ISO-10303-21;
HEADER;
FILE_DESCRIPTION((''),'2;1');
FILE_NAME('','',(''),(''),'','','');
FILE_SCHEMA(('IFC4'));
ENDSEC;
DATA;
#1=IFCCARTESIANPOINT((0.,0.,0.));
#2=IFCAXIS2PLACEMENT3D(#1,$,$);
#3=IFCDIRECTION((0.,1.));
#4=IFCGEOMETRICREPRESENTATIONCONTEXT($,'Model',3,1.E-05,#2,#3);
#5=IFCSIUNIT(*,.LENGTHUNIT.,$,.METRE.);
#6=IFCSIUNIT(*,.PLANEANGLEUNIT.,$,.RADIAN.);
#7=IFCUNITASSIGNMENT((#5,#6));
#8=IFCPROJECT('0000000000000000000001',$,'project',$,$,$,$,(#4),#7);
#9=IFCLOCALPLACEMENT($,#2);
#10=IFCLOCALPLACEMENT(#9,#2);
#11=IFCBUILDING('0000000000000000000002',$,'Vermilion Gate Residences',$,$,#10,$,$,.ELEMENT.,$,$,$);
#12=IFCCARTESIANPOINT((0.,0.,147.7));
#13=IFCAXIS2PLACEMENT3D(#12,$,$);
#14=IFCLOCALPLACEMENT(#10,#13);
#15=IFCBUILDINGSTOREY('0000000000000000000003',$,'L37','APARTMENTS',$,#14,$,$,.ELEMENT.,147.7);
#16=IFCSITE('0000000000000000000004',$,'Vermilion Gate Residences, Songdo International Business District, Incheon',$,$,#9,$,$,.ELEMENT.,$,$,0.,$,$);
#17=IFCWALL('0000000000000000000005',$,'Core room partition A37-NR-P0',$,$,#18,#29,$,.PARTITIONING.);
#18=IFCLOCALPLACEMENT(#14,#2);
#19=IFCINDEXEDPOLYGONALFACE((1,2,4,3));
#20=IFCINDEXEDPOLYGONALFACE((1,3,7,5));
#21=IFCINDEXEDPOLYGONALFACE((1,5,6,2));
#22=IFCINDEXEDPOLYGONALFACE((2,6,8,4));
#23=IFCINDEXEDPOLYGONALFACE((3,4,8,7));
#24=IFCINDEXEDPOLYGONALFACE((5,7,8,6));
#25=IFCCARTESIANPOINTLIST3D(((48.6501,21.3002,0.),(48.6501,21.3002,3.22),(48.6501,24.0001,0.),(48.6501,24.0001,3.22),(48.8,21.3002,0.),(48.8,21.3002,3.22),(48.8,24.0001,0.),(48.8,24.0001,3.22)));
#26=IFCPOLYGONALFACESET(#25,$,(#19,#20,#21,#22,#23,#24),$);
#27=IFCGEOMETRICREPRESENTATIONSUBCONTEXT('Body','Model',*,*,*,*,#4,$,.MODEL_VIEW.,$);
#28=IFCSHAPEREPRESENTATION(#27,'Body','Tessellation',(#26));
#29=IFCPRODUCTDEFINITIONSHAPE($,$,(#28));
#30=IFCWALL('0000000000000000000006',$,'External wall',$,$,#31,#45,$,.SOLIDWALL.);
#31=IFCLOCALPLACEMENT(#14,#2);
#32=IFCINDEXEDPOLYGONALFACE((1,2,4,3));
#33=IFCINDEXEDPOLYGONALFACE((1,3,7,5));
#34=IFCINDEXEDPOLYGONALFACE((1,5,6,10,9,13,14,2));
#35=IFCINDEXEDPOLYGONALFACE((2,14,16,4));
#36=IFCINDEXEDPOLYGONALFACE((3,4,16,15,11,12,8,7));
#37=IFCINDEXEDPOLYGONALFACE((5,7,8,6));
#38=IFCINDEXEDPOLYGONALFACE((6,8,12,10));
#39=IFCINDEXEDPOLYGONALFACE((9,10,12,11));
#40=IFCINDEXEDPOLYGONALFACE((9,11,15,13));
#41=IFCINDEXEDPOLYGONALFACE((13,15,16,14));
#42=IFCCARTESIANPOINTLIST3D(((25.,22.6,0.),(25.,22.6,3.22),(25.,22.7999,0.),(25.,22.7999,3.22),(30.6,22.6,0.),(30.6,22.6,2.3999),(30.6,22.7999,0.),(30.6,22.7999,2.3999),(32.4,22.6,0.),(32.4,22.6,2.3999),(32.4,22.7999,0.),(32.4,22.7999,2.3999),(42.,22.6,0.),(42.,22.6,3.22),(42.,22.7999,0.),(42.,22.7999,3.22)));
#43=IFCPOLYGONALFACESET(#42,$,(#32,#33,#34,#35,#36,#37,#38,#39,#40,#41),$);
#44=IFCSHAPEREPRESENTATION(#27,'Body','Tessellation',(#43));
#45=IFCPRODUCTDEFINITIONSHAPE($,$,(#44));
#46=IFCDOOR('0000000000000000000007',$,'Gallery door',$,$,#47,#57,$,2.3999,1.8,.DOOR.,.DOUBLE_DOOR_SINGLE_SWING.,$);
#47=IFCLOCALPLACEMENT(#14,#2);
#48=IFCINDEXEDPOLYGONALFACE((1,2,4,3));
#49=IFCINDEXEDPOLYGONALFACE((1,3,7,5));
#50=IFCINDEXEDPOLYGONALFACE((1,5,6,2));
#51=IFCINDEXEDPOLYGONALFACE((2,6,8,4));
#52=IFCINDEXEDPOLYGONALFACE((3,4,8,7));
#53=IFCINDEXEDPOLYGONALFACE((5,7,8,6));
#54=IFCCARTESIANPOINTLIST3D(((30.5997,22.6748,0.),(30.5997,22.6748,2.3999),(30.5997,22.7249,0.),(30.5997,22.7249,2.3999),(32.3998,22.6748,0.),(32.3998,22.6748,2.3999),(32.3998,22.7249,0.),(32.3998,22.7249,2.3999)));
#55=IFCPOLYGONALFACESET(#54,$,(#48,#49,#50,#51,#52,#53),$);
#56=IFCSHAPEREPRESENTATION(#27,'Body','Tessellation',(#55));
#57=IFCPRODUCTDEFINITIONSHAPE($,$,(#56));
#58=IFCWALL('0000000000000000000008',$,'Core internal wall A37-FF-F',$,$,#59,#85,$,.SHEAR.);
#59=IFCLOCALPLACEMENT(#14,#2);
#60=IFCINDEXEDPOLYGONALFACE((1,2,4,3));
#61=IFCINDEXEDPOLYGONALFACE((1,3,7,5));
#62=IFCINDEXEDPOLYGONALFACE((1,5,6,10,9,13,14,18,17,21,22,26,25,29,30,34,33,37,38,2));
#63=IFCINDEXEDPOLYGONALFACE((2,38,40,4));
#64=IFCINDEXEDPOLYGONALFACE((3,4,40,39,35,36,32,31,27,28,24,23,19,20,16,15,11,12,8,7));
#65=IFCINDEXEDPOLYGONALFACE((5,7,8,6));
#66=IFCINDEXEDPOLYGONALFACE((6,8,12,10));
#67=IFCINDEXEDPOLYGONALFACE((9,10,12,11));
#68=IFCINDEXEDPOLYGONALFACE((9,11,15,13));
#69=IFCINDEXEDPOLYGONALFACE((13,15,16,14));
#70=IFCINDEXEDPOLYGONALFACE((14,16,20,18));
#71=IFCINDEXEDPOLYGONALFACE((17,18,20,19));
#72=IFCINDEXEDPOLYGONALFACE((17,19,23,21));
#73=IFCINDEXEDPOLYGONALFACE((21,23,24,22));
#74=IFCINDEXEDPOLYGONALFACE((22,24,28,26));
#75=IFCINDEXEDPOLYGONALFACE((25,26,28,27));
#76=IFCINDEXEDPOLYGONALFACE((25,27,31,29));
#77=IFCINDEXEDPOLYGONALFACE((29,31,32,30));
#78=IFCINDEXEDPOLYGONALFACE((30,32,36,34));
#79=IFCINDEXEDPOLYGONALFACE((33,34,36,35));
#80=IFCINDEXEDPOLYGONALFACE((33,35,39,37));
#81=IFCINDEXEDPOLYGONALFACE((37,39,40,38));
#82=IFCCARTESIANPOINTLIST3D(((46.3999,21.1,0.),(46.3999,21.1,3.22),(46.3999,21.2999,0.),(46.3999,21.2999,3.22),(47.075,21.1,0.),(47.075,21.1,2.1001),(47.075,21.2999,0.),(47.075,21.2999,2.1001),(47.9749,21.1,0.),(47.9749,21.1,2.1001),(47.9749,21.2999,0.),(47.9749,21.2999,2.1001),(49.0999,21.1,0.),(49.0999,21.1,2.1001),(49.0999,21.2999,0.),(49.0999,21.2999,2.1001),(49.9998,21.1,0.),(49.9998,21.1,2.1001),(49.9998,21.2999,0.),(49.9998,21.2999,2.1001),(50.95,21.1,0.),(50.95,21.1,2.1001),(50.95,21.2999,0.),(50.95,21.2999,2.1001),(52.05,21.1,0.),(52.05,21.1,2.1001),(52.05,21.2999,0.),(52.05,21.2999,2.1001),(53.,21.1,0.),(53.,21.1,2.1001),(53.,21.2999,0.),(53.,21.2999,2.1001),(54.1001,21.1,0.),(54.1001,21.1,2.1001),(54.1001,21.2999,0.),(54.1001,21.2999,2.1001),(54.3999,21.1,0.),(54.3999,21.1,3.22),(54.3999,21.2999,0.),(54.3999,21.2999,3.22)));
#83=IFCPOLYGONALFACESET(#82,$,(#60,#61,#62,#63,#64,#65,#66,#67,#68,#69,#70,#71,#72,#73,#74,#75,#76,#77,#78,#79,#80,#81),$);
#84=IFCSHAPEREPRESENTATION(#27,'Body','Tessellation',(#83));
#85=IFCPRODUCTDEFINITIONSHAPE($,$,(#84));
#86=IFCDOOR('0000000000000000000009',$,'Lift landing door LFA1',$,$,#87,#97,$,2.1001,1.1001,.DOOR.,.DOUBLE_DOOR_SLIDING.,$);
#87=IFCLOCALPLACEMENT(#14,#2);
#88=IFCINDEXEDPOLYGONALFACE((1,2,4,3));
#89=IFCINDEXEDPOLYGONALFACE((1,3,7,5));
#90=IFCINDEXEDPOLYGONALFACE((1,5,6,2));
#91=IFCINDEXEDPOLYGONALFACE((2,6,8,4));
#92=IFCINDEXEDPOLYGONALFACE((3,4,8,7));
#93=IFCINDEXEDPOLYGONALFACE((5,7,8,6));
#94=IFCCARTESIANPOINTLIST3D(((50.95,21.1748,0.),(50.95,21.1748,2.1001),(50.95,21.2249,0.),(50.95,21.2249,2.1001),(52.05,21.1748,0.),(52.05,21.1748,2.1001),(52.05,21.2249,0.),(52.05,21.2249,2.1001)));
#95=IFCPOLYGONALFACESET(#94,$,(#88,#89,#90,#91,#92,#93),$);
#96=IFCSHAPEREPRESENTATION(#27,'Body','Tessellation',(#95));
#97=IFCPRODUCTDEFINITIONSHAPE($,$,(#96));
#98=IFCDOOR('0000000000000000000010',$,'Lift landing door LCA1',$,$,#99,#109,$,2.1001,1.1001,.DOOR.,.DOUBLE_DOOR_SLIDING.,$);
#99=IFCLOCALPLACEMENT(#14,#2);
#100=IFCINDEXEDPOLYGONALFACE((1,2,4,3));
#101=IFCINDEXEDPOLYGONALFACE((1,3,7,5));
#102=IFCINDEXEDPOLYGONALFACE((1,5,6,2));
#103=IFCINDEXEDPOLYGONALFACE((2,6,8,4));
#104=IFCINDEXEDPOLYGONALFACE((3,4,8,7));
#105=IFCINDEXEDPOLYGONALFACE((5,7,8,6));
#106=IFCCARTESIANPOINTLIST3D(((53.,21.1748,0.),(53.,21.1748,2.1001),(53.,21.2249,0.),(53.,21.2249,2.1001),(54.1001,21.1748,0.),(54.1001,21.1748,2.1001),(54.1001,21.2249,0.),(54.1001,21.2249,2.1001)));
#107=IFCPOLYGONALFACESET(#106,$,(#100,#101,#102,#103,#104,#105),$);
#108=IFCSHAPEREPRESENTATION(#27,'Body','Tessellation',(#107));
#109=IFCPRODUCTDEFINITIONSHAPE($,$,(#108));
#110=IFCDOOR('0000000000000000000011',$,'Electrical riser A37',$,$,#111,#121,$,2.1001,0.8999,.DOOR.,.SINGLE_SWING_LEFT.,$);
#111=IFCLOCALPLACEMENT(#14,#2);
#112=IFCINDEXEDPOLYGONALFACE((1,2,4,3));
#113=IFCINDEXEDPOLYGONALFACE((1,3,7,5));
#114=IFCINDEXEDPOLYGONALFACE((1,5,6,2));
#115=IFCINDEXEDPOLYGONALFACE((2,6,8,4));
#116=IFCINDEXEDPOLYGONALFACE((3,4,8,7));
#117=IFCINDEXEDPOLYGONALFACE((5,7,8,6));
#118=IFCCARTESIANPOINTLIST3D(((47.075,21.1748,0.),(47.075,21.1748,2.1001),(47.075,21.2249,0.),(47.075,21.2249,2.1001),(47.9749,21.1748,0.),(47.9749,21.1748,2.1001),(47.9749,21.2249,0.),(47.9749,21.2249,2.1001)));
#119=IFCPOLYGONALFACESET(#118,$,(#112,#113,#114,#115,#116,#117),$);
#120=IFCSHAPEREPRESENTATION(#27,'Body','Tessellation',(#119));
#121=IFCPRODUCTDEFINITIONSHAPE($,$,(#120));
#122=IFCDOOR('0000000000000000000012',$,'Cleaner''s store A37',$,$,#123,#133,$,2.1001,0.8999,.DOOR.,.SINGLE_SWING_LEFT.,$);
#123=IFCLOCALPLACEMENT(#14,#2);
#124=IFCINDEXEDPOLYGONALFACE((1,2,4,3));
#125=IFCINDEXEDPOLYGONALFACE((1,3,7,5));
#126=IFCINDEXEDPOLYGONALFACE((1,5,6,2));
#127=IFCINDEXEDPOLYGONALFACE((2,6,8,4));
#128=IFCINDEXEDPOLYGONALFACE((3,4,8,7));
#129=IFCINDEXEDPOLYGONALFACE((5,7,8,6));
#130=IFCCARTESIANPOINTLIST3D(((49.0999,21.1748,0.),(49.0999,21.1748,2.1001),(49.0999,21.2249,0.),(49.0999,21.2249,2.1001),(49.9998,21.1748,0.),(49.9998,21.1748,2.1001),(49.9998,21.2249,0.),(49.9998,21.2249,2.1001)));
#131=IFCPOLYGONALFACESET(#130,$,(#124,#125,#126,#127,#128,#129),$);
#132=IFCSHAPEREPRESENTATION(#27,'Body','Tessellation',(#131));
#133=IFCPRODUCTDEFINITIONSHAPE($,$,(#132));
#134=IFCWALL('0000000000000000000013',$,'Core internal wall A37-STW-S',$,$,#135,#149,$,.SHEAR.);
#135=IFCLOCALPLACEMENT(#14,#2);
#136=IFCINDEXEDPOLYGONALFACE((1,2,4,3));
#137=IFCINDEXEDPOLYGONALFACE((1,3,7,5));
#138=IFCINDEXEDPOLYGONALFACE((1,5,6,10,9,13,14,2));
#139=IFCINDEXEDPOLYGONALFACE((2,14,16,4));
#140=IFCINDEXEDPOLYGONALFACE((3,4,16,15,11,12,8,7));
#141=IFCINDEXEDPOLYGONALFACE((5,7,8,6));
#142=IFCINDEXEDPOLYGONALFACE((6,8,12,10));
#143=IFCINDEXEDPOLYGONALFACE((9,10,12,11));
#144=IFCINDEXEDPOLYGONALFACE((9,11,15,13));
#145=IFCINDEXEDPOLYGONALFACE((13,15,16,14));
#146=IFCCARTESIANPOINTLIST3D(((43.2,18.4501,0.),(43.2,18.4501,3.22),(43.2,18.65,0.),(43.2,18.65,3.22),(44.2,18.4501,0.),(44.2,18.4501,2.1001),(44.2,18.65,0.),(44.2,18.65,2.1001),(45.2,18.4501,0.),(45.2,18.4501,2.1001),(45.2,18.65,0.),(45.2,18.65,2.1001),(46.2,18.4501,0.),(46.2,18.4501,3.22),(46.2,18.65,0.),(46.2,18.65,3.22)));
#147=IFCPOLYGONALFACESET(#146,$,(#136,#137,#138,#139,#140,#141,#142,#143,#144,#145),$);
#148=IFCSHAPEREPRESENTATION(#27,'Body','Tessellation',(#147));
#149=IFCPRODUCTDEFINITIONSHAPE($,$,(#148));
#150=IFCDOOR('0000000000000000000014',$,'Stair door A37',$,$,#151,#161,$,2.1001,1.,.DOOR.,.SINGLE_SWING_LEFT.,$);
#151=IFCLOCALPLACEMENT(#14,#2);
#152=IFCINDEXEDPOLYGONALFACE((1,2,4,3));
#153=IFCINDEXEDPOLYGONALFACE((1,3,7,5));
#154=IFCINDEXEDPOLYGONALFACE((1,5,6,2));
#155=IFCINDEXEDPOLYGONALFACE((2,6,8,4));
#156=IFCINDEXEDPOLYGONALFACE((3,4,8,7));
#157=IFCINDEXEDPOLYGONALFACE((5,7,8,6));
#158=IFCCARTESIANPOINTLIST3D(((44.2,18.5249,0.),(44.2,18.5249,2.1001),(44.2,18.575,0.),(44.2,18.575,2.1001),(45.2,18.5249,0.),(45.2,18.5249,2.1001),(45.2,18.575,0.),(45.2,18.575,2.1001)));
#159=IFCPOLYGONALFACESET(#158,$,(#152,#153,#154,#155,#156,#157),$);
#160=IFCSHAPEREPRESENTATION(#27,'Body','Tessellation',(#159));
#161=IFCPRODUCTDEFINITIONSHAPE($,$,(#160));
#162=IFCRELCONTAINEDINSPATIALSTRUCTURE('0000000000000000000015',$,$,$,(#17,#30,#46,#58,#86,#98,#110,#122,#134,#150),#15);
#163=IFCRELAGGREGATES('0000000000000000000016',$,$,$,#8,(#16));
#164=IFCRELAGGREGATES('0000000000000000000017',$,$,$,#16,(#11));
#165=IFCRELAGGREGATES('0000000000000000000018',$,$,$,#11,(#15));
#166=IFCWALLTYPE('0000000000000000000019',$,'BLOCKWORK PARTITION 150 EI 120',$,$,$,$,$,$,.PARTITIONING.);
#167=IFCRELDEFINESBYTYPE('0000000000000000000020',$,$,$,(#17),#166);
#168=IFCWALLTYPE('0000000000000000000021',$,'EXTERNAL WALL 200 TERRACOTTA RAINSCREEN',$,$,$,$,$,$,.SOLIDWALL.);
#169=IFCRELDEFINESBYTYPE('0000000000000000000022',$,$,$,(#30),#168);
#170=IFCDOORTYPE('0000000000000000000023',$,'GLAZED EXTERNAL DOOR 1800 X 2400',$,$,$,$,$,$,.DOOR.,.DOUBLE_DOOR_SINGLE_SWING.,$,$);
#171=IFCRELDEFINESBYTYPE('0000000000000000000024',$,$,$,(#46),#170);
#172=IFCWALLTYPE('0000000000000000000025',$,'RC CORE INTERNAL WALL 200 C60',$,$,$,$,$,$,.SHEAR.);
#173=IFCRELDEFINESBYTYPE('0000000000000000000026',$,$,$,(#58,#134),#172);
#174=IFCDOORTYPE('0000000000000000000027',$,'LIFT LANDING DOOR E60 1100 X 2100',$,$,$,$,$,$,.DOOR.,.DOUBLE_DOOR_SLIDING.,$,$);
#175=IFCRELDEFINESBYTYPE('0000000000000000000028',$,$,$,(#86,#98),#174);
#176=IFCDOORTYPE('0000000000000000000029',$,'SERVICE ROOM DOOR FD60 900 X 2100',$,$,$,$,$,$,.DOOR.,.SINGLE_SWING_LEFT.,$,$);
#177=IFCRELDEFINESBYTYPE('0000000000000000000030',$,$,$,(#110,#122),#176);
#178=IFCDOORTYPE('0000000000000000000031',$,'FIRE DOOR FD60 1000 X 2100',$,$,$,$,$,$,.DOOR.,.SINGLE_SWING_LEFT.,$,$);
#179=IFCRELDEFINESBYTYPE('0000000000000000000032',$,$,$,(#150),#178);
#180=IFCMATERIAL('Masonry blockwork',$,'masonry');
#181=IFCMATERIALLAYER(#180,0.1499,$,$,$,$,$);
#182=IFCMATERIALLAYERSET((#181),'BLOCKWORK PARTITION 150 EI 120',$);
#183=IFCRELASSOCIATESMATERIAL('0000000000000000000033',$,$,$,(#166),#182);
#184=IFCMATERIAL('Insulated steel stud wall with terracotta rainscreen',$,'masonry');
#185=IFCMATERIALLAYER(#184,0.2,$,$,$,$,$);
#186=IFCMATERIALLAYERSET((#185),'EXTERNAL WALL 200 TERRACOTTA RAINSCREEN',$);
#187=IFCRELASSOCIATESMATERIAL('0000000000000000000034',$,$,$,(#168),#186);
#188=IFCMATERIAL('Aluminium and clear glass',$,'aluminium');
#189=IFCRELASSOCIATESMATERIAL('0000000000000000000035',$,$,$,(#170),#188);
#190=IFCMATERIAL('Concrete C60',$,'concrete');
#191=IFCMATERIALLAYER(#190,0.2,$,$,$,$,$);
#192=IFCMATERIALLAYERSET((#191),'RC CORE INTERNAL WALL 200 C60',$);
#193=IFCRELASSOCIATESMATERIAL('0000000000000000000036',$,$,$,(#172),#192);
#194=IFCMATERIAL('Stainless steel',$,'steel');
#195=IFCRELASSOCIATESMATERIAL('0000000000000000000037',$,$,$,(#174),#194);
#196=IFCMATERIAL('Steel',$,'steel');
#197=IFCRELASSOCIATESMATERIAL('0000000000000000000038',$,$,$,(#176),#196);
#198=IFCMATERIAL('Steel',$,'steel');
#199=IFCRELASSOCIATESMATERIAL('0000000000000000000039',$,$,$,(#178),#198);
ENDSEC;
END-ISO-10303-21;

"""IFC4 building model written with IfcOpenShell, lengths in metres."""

from ifc_helpers import new_model, si_unit, direction, frame, frame_2d, origin, place, context, subcontext, project, spatial, rectangle, extrude, material, layer, layer_set, type_object, element, fill, save


model = new_model("IFC4")

# Units and contexts
model_context = context("Model", 3, precision=1e-05, world=origin(), true_north=direction((0.0, 1.0)))
body_context = subcontext(model_context, "Body", "Model", "MODEL_VIEW")
ifc_project = project(units=[si_unit("LENGTHUNIT", "METRE"), si_unit("PLANEANGLEUNIT", "RADIAN")], contexts=[model_context])

# Site, building, storey
site_placement = place(None, origin())
site = spatial("IfcSite", under=ifc_project, at=site_placement, Name="Vermilion Gate Residences, Songdo International Business District, Incheon", CompositionType="ELEMENT", RefElevation=0.0)
building_placement = place(site_placement, origin())
building = spatial("IfcBuilding", under=site, at=building_placement, Name="Vermilion Gate Residences", CompositionType="ELEMENT")
storey_placement = place(building_placement, frame((0.0, 0.0, 147.7)))
storey = spatial("IfcBuildingStorey", under=building, at=storey_placement, Name="L37", Description="APARTMENTS", CompositionType="ELEMENT", Elevation=147.7)

# Wall
ifc_material_1 = material(Name="Masonry blockwork", Category="masonry")
ifc_layer_1 = layer(ifc_material_1, 0.1499)
ifc_layer_set_1 = layer_set([ifc_layer_1], Name="BLOCKWORK PARTITION 150 EI 120")
wall_type_1 = type_object("IfcWallType", Name="BLOCKWORK PARTITION 150 EI 120", PredefinedType="PARTITIONING", material=ifc_layer_set_1)
wall_1_placement = place(storey_placement, frame((48.7251, 21.3, 0.0), z_axis=(0.0, 0.0, 1.0), x_axis=(0.0, 1.0, 0.0)))
element("IfcWall", 1, at=wall_1_placement, inside=storey, type_object=wall_type_1, Name="Core room partition A37-NR-P0", PredefinedType="PARTITIONING", context=body_context, shape_type="SweptSolid", body=[
    extrude(rectangle(XDim=2.7, YDim=0.1499, at=frame_2d((1.3501, 0.0))), origin(), (0.0, 0.0, 1.0), 3.22),
])

# Wall, opening, door
ifc_material_2 = material(Name="Insulated steel stud wall with terracotta rainscreen", Category="masonry")
ifc_layer_2 = layer(ifc_material_2, 0.2)
ifc_layer_set_2 = layer_set([ifc_layer_2], Name="EXTERNAL WALL 200 TERRACOTTA RAINSCREEN")
wall_type_2 = type_object("IfcWallType", Name="EXTERNAL WALL 200 TERRACOTTA RAINSCREEN", PredefinedType="SOLIDWALL", material=ifc_layer_set_2)
wall_2_placement = place(storey_placement, frame((42.0, 22.7, 0.0), z_axis=(0.0, 0.0, 1.0), x_axis=(-1.0, 0.0, 0.0)))
wall_2 = element("IfcWall", 2, at=wall_2_placement, inside=storey, type_object=wall_type_2, Name="External wall", PredefinedType="SOLIDWALL", context=body_context, shape_type="SweptSolid", body=[
    extrude(rectangle(XDim=17.0, YDim=0.2, at=frame_2d((8.5, 0.0))), origin(), (0.0, 0.0, 1.0), 3.22),
])
opening_1_placement = place(wall_2_placement, frame((9.6001, 0.0, 0.0)))
opening_1 = element("IfcOpeningElement", 3, at=opening_1_placement, cuts=wall_2, PredefinedType="OPENING", context=body_context, shape_type="SweptSolid", body=[
    extrude(rectangle(XDim=1.8, YDim=2.3999, at=frame_2d((0.8999, 1.2))), frame((0.0, 0.1099, 0.0), z_axis=(0.0, -1.0, 0.0), x_axis=(1.0, 0.0, 0.0)), (0.0, 0.0, 1.0), 0.22),
])
ifc_material_3 = material(Name="Aluminium and clear glass", Category="aluminium")
door_type_1 = type_object("IfcDoorType", Name="GLAZED EXTERNAL DOOR 1800 X 2400", OperationType="DOUBLE_DOOR_SINGLE_SWING", PredefinedType="DOOR", material=ifc_material_3)
door_1_placement = place(opening_1_placement, frame((1.8, 0.0, 0.0), z_axis=(0.0, 0.0, 1.0), x_axis=(-1.0, 0.0, 0.0)))
door_1 = element("IfcDoor", 4, at=door_1_placement, inside=storey, type_object=door_type_1, Name="Gallery door", OperationType="DOUBLE_DOOR_SINGLE_SWING", OverallHeight=2.3999, OverallWidth=1.8, PredefinedType="DOOR", context=body_context, shape_type="SweptSolid", body=[
    extrude(rectangle(XDim=1.8, YDim=2.3999, at=frame_2d((0.8999, 1.2))), frame((0.0, 0.0249, 0.0), z_axis=(0.0, -1.0, 0.0), x_axis=(1.0, 0.0, 0.0)), (0.0, 0.0, 1.0), 0.05),
])
fill(opening_1, door_1)

# Wall, openings, doors
ifc_material_4 = material(Name="Concrete C60", Category="concrete")
ifc_layer_3 = layer(ifc_material_4, 0.2)
ifc_layer_set_3 = layer_set([ifc_layer_3], Name="RC CORE INTERNAL WALL 200 C60")
wall_type_3 = type_object("IfcWallType", Name="RC CORE INTERNAL WALL 200 C60", PredefinedType="SHEAR", material=ifc_layer_set_3)
wall_3_placement = place(storey_placement, frame((46.3999, 21.2, 0.0), z_axis=(0.0, 0.0, 1.0), x_axis=(1.0, 0.0, 0.0)))
wall_3 = element("IfcWall", 5, at=wall_3_placement, inside=storey, type_object=wall_type_3, Name="Core internal wall A37-FF-F", PredefinedType="SHEAR", context=body_context, shape_type="SweptSolid", body=[
    extrude(rectangle(XDim=8.0, YDim=0.2, at=frame_2d((4.0, 0.0))), origin(), (0.0, 0.0, 1.0), 3.22),
])
opening_2_placement = place(wall_3_placement, frame((0.675, 0.0, 0.0)))
opening_2 = element("IfcOpeningElement", 6, at=opening_2_placement, cuts=wall_3, PredefinedType="OPENING", context=body_context, shape_type="SweptSolid", body=[
    extrude(rectangle(XDim=0.8999, YDim=2.1001, at=frame_2d((0.45, 1.05))), frame((0.0, 0.1099, 0.0), z_axis=(0.0, -1.0, 0.0), x_axis=(1.0, 0.0, 0.0)), (0.0, 0.0, 1.0), 0.22),
])
opening_3_placement = place(wall_3_placement, frame((2.7, 0.0, 0.0)))
opening_3 = element("IfcOpeningElement", 7, at=opening_3_placement, cuts=wall_3, PredefinedType="OPENING", context=body_context, shape_type="SweptSolid", body=[
    extrude(rectangle(XDim=0.8999, YDim=2.1001, at=frame_2d((0.45, 1.05))), frame((0.0, 0.1099, 0.0), z_axis=(0.0, -1.0, 0.0), x_axis=(1.0, 0.0, 0.0)), (0.0, 0.0, 1.0), 0.22),
])
opening_4_placement = place(wall_3_placement, frame((4.55, 0.0, 0.0)))
opening_4 = element("IfcOpeningElement", 8, at=opening_4_placement, cuts=wall_3, PredefinedType="OPENING", context=body_context, shape_type="SweptSolid", body=[
    extrude(rectangle(XDim=1.1001, YDim=2.1001, at=frame_2d((0.55, 1.05))), frame((0.0, 0.1099, 0.0), z_axis=(0.0, -1.0, 0.0), x_axis=(1.0, 0.0, 0.0)), (0.0, 0.0, 1.0), 0.22),
])
opening_5_placement = place(wall_3_placement, frame((6.6001, 0.0, 0.0)))
opening_5 = element("IfcOpeningElement", 9, at=opening_5_placement, cuts=wall_3, PredefinedType="OPENING", context=body_context, shape_type="SweptSolid", body=[
    extrude(rectangle(XDim=1.1001, YDim=2.1001, at=frame_2d((0.55, 1.05))), frame((0.0, 0.1099, 0.0), z_axis=(0.0, -1.0, 0.0), x_axis=(1.0, 0.0, 0.0)), (0.0, 0.0, 1.0), 0.22),
])
ifc_material_5 = material(Name="Stainless steel", Category="steel")
door_type_2 = type_object("IfcDoorType", Name="LIFT LANDING DOOR E60 1100 X 2100", OperationType="DOUBLE_DOOR_SLIDING", PredefinedType="DOOR", material=ifc_material_5)
door_2_placement = place(opening_4_placement, origin())
door_2 = element("IfcDoor", 10, at=door_2_placement, inside=storey, type_object=door_type_2, Name="Lift landing door LFA1", OperationType="DOUBLE_DOOR_SLIDING", OverallHeight=2.1001, OverallWidth=1.1001, PredefinedType="DOOR", context=body_context, shape_type="SweptSolid", body=[
    extrude(rectangle(XDim=1.1001, YDim=2.1001, at=frame_2d((0.55, 1.05))), frame((0.0, 0.0249, 0.0), z_axis=(0.0, -1.0, 0.0), x_axis=(1.0, 0.0, 0.0)), (0.0, 0.0, 1.0), 0.05),
])
fill(opening_4, door_2)
door_3_placement = place(opening_5_placement, origin())
door_3 = element("IfcDoor", 11, at=door_3_placement, inside=storey, type_object=door_type_2, Name="Lift landing door LCA1", OperationType="DOUBLE_DOOR_SLIDING", OverallHeight=2.1001, OverallWidth=1.1001, PredefinedType="DOOR", context=body_context, shape_type="SweptSolid", body=[
    extrude(rectangle(XDim=1.1001, YDim=2.1001, at=frame_2d((0.55, 1.05))), frame((0.0, 0.0249, 0.0), z_axis=(0.0, -1.0, 0.0), x_axis=(1.0, 0.0, 0.0)), (0.0, 0.0, 1.0), 0.05),
])
fill(opening_5, door_3)
ifc_material_6 = material(Name="Steel", Category="steel")
door_type_3 = type_object("IfcDoorType", Name="SERVICE ROOM DOOR FD60 900 X 2100", OperationType="SINGLE_SWING_LEFT", PredefinedType="DOOR", material=ifc_material_6)
door_4_placement = place(opening_2_placement, origin())
door_4 = element("IfcDoor", 12, at=door_4_placement, inside=storey, type_object=door_type_3, Name="Electrical riser A37", OperationType="SINGLE_SWING_LEFT", OverallHeight=2.1001, OverallWidth=0.8999, PredefinedType="DOOR", context=body_context, shape_type="SweptSolid", body=[
    extrude(rectangle(XDim=0.8999, YDim=2.1001, at=frame_2d((0.45, 1.05))), frame((0.0, 0.0249, 0.0), z_axis=(0.0, -1.0, 0.0), x_axis=(1.0, 0.0, 0.0)), (0.0, 0.0, 1.0), 0.05),
])
fill(opening_2, door_4)
door_5_placement = place(opening_3_placement, origin())
door_5 = element("IfcDoor", 13, at=door_5_placement, inside=storey, type_object=door_type_3, Name="Cleaner's store A37", OperationType="SINGLE_SWING_LEFT", OverallHeight=2.1001, OverallWidth=0.8999, PredefinedType="DOOR", context=body_context, shape_type="SweptSolid", body=[
    extrude(rectangle(XDim=0.8999, YDim=2.1001, at=frame_2d((0.45, 1.05))), frame((0.0, 0.0249, 0.0), z_axis=(0.0, -1.0, 0.0), x_axis=(1.0, 0.0, 0.0)), (0.0, 0.0, 1.0), 0.05),
])
fill(opening_3, door_5)

# Wall, opening, door
wall_4_placement = place(storey_placement, frame((43.2, 18.55, 0.0), z_axis=(0.0, 0.0, 1.0), x_axis=(1.0, 0.0, 0.0)))
wall_4 = element("IfcWall", 14, at=wall_4_placement, inside=storey, type_object=wall_type_3, Name="Core internal wall A37-STW-S", PredefinedType="SHEAR", context=body_context, shape_type="SweptSolid", body=[
    extrude(rectangle(XDim=3.0, YDim=0.2, at=frame_2d((1.5, 0.0))), origin(), (0.0, 0.0, 1.0), 3.22),
])
opening_6_placement = place(wall_4_placement, frame((1.0, 0.0, 0.0)))
opening_6 = element("IfcOpeningElement", 15, at=opening_6_placement, cuts=wall_4, PredefinedType="OPENING", context=body_context, shape_type="SweptSolid", body=[
    extrude(rectangle(XDim=1.0, YDim=2.1001, at=frame_2d((0.5, 1.05))), frame((0.0, 0.1099, 0.0), z_axis=(0.0, -1.0, 0.0), x_axis=(1.0, 0.0, 0.0)), (0.0, 0.0, 1.0), 0.22),
])
ifc_material_7 = material(Name="Steel", Category="steel")
door_type_4 = type_object("IfcDoorType", Name="FIRE DOOR FD60 1000 X 2100", OperationType="SINGLE_SWING_LEFT", PredefinedType="DOOR", material=ifc_material_7)
door_6_placement = place(opening_6_placement, origin())
door_6 = element("IfcDoor", 16, at=door_6_placement, inside=storey, type_object=door_type_4, Name="Stair door A37", OperationType="SINGLE_SWING_LEFT", OverallHeight=2.1001, OverallWidth=1.0, PredefinedType="DOOR", context=body_context, shape_type="SweptSolid", body=[
    extrude(rectangle(XDim=1.0, YDim=2.1001, at=frame_2d((0.5, 1.05))), frame((0.0, 0.0249, 0.0), z_axis=(0.0, -1.0, 0.0), x_axis=(1.0, 0.0, 0.0)), (0.0, 0.0, 1.0), 0.05),
])
fill(opening_6, door_6)

save(model, "model.ifc")
